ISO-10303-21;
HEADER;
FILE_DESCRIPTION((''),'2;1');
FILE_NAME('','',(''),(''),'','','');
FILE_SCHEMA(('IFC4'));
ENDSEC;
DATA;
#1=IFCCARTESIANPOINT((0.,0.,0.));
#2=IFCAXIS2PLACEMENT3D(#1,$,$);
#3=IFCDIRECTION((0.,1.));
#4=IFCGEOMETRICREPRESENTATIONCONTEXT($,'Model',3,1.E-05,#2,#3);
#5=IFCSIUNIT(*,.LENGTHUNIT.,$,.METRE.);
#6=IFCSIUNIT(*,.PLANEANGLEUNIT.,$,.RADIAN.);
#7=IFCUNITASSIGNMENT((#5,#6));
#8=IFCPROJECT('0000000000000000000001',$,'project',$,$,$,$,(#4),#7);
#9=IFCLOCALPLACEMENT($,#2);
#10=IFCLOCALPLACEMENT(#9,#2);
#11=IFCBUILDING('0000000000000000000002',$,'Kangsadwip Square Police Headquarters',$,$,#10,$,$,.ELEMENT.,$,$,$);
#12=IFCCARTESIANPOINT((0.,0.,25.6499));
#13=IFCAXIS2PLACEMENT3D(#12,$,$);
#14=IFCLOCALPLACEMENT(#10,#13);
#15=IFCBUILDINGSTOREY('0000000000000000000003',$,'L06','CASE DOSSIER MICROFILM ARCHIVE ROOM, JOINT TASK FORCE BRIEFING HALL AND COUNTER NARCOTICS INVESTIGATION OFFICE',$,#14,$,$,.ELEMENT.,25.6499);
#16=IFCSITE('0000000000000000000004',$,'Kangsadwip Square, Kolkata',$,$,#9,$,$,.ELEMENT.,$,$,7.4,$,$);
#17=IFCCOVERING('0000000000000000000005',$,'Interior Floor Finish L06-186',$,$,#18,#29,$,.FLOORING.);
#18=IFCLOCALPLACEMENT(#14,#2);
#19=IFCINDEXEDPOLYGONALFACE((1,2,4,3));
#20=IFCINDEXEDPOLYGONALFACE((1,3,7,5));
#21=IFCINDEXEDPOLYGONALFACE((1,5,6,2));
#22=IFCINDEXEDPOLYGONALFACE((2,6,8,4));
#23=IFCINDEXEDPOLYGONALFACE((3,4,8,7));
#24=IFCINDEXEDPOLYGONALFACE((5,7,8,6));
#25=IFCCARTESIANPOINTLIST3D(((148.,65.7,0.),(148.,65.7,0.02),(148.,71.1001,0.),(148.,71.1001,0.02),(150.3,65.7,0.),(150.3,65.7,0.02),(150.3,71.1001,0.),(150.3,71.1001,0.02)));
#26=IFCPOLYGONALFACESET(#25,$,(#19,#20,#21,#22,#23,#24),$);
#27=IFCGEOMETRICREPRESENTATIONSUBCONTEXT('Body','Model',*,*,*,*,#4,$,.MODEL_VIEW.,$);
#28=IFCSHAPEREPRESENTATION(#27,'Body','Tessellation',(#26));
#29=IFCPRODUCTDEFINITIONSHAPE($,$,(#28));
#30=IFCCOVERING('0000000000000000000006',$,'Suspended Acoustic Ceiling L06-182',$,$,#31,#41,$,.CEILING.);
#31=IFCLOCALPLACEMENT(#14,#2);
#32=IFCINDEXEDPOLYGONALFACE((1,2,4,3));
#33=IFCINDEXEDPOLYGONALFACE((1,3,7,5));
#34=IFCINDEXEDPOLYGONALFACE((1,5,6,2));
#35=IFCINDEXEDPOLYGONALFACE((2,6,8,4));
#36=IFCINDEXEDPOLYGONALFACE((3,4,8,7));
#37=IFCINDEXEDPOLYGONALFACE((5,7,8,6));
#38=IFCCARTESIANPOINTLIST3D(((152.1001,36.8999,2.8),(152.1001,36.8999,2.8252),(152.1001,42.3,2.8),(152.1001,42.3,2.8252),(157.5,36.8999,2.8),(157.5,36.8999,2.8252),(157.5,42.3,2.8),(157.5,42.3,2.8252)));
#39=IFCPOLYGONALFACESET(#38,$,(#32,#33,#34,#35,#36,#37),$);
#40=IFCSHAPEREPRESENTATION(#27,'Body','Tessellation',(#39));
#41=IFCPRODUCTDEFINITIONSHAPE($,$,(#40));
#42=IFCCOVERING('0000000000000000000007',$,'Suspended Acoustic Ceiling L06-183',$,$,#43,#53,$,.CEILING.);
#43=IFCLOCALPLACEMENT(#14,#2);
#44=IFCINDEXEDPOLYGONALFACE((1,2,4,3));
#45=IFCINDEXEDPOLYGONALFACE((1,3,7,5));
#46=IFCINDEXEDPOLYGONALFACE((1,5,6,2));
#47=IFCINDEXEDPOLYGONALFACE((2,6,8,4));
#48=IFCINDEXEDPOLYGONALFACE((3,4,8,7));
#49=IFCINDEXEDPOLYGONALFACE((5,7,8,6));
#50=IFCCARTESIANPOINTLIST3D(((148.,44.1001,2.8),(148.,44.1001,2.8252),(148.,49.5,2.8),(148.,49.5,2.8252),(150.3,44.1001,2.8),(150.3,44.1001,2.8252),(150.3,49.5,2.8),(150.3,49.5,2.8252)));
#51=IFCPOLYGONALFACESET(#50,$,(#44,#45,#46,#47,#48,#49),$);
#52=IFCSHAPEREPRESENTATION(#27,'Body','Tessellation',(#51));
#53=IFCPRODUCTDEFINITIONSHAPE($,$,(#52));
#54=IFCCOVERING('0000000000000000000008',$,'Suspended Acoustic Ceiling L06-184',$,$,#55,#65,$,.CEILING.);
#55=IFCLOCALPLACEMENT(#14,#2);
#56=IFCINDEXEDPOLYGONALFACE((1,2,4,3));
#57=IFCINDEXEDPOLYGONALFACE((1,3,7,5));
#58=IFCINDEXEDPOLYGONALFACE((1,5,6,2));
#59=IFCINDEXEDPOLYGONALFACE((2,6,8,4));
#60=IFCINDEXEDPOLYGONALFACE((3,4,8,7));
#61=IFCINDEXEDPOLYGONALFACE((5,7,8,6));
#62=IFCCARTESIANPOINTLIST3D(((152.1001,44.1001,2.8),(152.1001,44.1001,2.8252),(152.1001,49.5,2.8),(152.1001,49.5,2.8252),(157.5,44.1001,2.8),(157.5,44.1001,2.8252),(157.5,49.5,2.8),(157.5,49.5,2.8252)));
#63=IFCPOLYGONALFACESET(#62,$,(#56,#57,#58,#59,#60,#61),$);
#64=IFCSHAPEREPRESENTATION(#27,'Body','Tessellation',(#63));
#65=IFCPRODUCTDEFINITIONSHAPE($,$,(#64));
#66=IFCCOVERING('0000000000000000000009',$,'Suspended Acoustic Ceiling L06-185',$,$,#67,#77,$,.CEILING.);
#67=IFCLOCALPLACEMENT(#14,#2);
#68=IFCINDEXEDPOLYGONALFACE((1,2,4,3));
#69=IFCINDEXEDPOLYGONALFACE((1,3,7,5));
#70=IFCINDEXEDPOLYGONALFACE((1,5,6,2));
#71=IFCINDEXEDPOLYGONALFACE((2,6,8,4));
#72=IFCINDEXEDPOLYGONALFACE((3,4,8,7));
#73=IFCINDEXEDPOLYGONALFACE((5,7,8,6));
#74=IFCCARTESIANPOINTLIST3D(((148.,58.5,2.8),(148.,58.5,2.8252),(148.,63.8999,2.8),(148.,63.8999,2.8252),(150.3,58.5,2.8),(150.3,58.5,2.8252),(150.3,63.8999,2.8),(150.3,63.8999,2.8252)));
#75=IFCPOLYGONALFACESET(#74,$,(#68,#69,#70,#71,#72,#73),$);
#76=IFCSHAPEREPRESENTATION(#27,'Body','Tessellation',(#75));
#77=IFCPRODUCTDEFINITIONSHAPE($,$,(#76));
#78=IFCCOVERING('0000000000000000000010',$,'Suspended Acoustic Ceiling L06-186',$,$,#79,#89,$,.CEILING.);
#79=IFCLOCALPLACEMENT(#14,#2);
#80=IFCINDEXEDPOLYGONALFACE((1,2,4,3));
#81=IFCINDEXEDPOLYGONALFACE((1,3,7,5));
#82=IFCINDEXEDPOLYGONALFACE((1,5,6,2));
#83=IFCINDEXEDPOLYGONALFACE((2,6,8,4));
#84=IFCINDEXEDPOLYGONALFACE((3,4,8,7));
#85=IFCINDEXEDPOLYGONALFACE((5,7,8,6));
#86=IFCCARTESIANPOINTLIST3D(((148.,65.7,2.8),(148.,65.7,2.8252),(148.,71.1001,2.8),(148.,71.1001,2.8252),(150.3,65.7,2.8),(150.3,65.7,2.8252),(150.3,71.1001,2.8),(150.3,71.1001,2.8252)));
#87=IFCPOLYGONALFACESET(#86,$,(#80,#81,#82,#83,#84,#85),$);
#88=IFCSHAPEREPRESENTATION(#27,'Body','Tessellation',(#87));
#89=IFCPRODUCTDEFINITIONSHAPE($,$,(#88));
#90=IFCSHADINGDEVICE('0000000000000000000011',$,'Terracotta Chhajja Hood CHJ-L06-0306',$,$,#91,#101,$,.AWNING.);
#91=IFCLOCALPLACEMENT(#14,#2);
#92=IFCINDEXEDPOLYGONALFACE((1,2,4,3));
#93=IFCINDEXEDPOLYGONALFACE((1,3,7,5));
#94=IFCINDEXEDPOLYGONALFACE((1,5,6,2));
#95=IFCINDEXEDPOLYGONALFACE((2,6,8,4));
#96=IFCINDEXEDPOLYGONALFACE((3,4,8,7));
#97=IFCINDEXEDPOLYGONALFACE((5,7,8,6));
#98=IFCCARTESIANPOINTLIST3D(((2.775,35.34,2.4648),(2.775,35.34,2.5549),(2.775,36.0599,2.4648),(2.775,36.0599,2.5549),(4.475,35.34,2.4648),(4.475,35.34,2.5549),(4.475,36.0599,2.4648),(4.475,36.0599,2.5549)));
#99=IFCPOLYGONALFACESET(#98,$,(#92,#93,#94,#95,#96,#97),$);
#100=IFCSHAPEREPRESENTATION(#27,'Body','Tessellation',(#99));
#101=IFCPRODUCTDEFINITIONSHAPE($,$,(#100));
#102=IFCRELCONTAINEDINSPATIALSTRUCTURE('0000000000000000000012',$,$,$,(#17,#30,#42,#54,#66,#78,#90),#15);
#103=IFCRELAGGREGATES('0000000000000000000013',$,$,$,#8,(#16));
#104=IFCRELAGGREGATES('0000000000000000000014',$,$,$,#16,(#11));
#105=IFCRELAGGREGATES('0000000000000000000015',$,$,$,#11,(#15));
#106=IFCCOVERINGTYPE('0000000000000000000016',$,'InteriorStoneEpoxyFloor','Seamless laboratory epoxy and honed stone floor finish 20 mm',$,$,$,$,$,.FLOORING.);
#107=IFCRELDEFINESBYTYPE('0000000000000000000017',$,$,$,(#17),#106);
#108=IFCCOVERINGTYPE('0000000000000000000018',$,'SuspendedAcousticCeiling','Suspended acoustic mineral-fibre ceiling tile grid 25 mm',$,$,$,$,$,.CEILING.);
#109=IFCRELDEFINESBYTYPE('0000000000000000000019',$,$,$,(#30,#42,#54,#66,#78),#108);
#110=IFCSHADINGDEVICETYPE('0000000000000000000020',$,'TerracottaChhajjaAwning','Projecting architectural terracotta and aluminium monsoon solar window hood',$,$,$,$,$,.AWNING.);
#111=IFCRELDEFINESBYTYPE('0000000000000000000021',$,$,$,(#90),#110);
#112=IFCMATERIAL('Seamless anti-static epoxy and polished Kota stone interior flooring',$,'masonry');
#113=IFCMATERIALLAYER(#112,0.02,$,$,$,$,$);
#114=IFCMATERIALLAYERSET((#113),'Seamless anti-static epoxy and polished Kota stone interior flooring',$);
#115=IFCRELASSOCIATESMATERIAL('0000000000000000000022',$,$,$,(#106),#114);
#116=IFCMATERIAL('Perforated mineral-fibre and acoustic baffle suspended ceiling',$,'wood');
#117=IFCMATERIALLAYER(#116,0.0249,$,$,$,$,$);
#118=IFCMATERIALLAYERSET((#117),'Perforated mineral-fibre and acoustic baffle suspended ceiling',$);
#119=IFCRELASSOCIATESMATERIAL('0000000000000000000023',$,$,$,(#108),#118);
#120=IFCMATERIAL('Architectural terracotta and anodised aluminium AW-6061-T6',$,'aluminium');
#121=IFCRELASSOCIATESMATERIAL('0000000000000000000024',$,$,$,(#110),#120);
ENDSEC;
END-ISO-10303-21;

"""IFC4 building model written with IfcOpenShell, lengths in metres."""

from ifc_helpers import new_model, si_unit, direction, frame, origin, origin_2d, place, context, subcontext, project, spatial, polyline, rectangle, outline, extrude, material, layer, layer_set, type_object, element, save


model = new_model("IFC4")

# Units and contexts
model_context = context("Model", 3, precision=1e-05, world=origin(), true_north=direction((0.0, 1.0)))
body_context = subcontext(model_context, "Body", "Model", "MODEL_VIEW")
ifc_project = project(units=[si_unit("LENGTHUNIT", "METRE"), si_unit("PLANEANGLEUNIT", "RADIAN")], contexts=[model_context])

# Site, building, storey
site_placement = place(None, origin())
site = spatial("IfcSite", under=ifc_project, at=site_placement, Name="Kangsadwip Square, Kolkata", CompositionType="ELEMENT", RefElevation=7.4)
building_placement = place(site_placement, origin())
building = spatial("IfcBuilding", under=site, at=building_placement, Name="Kangsadwip Square Police Headquarters", CompositionType="ELEMENT")
storey_placement = place(building_placement, frame((0.0, 0.0, 25.6499)))
storey = spatial("IfcBuildingStorey", under=building, at=storey_placement, Name="L06", Description="CASE DOSSIER MICROFILM ARCHIVE ROOM, JOINT TASK FORCE BRIEFING HALL AND COUNTER NARCOTICS INVESTIGATION OFFICE", CompositionType="ELEMENT", Elevation=25.6499)

# Coverings
ifc_material_1 = material(Name="Seamless anti-static epoxy and polished Kota stone interior flooring", Category="masonry")
ifc_layer_1 = layer(ifc_material_1, 0.02)
ifc_layer_set_1 = layer_set([ifc_layer_1], Name="Seamless anti-static epoxy and polished Kota stone interior flooring")
covering_type_1 = type_object("IfcCoveringType", Name="InteriorStoneEpoxyFloor", Description="Seamless laboratory epoxy and honed stone floor finish 20 mm", PredefinedType="FLOORING", material=ifc_layer_set_1)
covering_1_placement = place(storey_placement, origin())
element("IfcCovering", 1, at=covering_1_placement, inside=storey, type_object=covering_type_1, Name="Interior Floor Finish L06-186", PredefinedType="FLOORING", context=body_context, shape_type="SweptSolid", body=[
    extrude(outline(polyline([(148.0, 65.7), (150.3, 65.7), (150.3, 71.1001), (148.0, 71.1001), (148.0, 65.7)])), origin(), (0.0, 0.0, 1.0), 0.02),
])
ifc_material_2 = material(Name="Perforated mineral-fibre and acoustic baffle suspended ceiling", Category="wood")
ifc_layer_2 = layer(ifc_material_2, 0.0249)
ifc_layer_set_2 = layer_set([ifc_layer_2], Name="Perforated mineral-fibre and acoustic baffle suspended ceiling")
covering_type_2 = type_object("IfcCoveringType", Name="SuspendedAcousticCeiling", Description="Suspended acoustic mineral-fibre ceiling tile grid 25 mm", PredefinedType="CEILING", material=ifc_layer_set_2)
covering_2_placement = place(storey_placement, frame((0.0, 0.0, 2.8)))
element("IfcCovering", 2, at=covering_2_placement, inside=storey, type_object=covering_type_2, Name="Suspended Acoustic Ceiling L06-182", PredefinedType="CEILING", context=body_context, shape_type="SweptSolid", body=[
    extrude(outline(polyline([(152.1001, 36.8999), (157.5, 36.8999), (157.5, 42.3), (152.1001, 42.3), (152.1001, 36.8999)])), origin(), (0.0, 0.0, 1.0), 0.0251),
])
covering_3_placement = place(storey_placement, frame((0.0, 0.0, 2.8)))
element("IfcCovering", 3, at=covering_3_placement, inside=storey, type_object=covering_type_2, Name="Suspended Acoustic Ceiling L06-183", PredefinedType="CEILING", context=body_context, shape_type="SweptSolid", body=[
    extrude(outline(polyline([(148.0, 44.1001), (150.3, 44.1001), (150.3, 49.5), (148.0, 49.5), (148.0, 44.1001)])), origin(), (0.0, 0.0, 1.0), 0.0251),
])
covering_4_placement = place(storey_placement, frame((0.0, 0.0, 2.8)))
element("IfcCovering", 4, at=covering_4_placement, inside=storey, type_object=covering_type_2, Name="Suspended Acoustic Ceiling L06-184", PredefinedType="CEILING", context=body_context, shape_type="SweptSolid", body=[
    extrude(outline(polyline([(152.1001, 44.1001), (157.5, 44.1001), (157.5, 49.5), (152.1001, 49.5), (152.1001, 44.1001)])), origin(), (0.0, 0.0, 1.0), 0.0251),
])
covering_5_placement = place(storey_placement, frame((0.0, 0.0, 2.8)))
element("IfcCovering", 5, at=covering_5_placement, inside=storey, type_object=covering_type_2, Name="Suspended Acoustic Ceiling L06-185", PredefinedType="CEILING", context=body_context, shape_type="SweptSolid", body=[
    extrude(outline(polyline([(148.0, 58.5), (150.3, 58.5), (150.3, 63.8999), (148.0, 63.8999), (148.0, 58.5)])), origin(), (0.0, 0.0, 1.0), 0.0251),
])
covering_6_placement = place(storey_placement, frame((0.0, 0.0, 2.8)))
element("IfcCovering", 6, at=covering_6_placement, inside=storey, type_object=covering_type_2, Name="Suspended Acoustic Ceiling L06-186", PredefinedType="CEILING", context=body_context, shape_type="SweptSolid", body=[
    extrude(outline(polyline([(148.0, 65.7), (150.3, 65.7), (150.3, 71.1001), (148.0, 71.1001), (148.0, 65.7)])), origin(), (0.0, 0.0, 1.0), 0.0251),
])

# Shading device
ifc_material_3 = material(Name="Architectural terracotta and anodised aluminium AW-6061-T6", Category="aluminium")
shading_device_type = type_object("IfcShadingDeviceType", Name="TerracottaChhajjaAwning", Description="Projecting architectural terracotta and aluminium monsoon solar window hood", PredefinedType="AWNING", material=ifc_material_3)
shading_device_placement = place(storey_placement, frame((3.625, 35.7, 2.4648), z_axis=(0.0, 0.0, 1.0), x_axis=(1.0, 0.0, 0.0)))
element("IfcShadingDevice", 7, at=shading_device_placement, inside=storey, type_object=shading_device_type, Name="Terracotta Chhajja Hood CHJ-L06-0306", PredefinedType="AWNING", context=body_context, shape_type="SweptSolid", body=[
    extrude(rectangle(XDim=1.7, YDim=0.72, at=origin_2d()), origin(), (0.0, 0.0, 1.0), 0.0901),
])

save(model, "model.ifc")
